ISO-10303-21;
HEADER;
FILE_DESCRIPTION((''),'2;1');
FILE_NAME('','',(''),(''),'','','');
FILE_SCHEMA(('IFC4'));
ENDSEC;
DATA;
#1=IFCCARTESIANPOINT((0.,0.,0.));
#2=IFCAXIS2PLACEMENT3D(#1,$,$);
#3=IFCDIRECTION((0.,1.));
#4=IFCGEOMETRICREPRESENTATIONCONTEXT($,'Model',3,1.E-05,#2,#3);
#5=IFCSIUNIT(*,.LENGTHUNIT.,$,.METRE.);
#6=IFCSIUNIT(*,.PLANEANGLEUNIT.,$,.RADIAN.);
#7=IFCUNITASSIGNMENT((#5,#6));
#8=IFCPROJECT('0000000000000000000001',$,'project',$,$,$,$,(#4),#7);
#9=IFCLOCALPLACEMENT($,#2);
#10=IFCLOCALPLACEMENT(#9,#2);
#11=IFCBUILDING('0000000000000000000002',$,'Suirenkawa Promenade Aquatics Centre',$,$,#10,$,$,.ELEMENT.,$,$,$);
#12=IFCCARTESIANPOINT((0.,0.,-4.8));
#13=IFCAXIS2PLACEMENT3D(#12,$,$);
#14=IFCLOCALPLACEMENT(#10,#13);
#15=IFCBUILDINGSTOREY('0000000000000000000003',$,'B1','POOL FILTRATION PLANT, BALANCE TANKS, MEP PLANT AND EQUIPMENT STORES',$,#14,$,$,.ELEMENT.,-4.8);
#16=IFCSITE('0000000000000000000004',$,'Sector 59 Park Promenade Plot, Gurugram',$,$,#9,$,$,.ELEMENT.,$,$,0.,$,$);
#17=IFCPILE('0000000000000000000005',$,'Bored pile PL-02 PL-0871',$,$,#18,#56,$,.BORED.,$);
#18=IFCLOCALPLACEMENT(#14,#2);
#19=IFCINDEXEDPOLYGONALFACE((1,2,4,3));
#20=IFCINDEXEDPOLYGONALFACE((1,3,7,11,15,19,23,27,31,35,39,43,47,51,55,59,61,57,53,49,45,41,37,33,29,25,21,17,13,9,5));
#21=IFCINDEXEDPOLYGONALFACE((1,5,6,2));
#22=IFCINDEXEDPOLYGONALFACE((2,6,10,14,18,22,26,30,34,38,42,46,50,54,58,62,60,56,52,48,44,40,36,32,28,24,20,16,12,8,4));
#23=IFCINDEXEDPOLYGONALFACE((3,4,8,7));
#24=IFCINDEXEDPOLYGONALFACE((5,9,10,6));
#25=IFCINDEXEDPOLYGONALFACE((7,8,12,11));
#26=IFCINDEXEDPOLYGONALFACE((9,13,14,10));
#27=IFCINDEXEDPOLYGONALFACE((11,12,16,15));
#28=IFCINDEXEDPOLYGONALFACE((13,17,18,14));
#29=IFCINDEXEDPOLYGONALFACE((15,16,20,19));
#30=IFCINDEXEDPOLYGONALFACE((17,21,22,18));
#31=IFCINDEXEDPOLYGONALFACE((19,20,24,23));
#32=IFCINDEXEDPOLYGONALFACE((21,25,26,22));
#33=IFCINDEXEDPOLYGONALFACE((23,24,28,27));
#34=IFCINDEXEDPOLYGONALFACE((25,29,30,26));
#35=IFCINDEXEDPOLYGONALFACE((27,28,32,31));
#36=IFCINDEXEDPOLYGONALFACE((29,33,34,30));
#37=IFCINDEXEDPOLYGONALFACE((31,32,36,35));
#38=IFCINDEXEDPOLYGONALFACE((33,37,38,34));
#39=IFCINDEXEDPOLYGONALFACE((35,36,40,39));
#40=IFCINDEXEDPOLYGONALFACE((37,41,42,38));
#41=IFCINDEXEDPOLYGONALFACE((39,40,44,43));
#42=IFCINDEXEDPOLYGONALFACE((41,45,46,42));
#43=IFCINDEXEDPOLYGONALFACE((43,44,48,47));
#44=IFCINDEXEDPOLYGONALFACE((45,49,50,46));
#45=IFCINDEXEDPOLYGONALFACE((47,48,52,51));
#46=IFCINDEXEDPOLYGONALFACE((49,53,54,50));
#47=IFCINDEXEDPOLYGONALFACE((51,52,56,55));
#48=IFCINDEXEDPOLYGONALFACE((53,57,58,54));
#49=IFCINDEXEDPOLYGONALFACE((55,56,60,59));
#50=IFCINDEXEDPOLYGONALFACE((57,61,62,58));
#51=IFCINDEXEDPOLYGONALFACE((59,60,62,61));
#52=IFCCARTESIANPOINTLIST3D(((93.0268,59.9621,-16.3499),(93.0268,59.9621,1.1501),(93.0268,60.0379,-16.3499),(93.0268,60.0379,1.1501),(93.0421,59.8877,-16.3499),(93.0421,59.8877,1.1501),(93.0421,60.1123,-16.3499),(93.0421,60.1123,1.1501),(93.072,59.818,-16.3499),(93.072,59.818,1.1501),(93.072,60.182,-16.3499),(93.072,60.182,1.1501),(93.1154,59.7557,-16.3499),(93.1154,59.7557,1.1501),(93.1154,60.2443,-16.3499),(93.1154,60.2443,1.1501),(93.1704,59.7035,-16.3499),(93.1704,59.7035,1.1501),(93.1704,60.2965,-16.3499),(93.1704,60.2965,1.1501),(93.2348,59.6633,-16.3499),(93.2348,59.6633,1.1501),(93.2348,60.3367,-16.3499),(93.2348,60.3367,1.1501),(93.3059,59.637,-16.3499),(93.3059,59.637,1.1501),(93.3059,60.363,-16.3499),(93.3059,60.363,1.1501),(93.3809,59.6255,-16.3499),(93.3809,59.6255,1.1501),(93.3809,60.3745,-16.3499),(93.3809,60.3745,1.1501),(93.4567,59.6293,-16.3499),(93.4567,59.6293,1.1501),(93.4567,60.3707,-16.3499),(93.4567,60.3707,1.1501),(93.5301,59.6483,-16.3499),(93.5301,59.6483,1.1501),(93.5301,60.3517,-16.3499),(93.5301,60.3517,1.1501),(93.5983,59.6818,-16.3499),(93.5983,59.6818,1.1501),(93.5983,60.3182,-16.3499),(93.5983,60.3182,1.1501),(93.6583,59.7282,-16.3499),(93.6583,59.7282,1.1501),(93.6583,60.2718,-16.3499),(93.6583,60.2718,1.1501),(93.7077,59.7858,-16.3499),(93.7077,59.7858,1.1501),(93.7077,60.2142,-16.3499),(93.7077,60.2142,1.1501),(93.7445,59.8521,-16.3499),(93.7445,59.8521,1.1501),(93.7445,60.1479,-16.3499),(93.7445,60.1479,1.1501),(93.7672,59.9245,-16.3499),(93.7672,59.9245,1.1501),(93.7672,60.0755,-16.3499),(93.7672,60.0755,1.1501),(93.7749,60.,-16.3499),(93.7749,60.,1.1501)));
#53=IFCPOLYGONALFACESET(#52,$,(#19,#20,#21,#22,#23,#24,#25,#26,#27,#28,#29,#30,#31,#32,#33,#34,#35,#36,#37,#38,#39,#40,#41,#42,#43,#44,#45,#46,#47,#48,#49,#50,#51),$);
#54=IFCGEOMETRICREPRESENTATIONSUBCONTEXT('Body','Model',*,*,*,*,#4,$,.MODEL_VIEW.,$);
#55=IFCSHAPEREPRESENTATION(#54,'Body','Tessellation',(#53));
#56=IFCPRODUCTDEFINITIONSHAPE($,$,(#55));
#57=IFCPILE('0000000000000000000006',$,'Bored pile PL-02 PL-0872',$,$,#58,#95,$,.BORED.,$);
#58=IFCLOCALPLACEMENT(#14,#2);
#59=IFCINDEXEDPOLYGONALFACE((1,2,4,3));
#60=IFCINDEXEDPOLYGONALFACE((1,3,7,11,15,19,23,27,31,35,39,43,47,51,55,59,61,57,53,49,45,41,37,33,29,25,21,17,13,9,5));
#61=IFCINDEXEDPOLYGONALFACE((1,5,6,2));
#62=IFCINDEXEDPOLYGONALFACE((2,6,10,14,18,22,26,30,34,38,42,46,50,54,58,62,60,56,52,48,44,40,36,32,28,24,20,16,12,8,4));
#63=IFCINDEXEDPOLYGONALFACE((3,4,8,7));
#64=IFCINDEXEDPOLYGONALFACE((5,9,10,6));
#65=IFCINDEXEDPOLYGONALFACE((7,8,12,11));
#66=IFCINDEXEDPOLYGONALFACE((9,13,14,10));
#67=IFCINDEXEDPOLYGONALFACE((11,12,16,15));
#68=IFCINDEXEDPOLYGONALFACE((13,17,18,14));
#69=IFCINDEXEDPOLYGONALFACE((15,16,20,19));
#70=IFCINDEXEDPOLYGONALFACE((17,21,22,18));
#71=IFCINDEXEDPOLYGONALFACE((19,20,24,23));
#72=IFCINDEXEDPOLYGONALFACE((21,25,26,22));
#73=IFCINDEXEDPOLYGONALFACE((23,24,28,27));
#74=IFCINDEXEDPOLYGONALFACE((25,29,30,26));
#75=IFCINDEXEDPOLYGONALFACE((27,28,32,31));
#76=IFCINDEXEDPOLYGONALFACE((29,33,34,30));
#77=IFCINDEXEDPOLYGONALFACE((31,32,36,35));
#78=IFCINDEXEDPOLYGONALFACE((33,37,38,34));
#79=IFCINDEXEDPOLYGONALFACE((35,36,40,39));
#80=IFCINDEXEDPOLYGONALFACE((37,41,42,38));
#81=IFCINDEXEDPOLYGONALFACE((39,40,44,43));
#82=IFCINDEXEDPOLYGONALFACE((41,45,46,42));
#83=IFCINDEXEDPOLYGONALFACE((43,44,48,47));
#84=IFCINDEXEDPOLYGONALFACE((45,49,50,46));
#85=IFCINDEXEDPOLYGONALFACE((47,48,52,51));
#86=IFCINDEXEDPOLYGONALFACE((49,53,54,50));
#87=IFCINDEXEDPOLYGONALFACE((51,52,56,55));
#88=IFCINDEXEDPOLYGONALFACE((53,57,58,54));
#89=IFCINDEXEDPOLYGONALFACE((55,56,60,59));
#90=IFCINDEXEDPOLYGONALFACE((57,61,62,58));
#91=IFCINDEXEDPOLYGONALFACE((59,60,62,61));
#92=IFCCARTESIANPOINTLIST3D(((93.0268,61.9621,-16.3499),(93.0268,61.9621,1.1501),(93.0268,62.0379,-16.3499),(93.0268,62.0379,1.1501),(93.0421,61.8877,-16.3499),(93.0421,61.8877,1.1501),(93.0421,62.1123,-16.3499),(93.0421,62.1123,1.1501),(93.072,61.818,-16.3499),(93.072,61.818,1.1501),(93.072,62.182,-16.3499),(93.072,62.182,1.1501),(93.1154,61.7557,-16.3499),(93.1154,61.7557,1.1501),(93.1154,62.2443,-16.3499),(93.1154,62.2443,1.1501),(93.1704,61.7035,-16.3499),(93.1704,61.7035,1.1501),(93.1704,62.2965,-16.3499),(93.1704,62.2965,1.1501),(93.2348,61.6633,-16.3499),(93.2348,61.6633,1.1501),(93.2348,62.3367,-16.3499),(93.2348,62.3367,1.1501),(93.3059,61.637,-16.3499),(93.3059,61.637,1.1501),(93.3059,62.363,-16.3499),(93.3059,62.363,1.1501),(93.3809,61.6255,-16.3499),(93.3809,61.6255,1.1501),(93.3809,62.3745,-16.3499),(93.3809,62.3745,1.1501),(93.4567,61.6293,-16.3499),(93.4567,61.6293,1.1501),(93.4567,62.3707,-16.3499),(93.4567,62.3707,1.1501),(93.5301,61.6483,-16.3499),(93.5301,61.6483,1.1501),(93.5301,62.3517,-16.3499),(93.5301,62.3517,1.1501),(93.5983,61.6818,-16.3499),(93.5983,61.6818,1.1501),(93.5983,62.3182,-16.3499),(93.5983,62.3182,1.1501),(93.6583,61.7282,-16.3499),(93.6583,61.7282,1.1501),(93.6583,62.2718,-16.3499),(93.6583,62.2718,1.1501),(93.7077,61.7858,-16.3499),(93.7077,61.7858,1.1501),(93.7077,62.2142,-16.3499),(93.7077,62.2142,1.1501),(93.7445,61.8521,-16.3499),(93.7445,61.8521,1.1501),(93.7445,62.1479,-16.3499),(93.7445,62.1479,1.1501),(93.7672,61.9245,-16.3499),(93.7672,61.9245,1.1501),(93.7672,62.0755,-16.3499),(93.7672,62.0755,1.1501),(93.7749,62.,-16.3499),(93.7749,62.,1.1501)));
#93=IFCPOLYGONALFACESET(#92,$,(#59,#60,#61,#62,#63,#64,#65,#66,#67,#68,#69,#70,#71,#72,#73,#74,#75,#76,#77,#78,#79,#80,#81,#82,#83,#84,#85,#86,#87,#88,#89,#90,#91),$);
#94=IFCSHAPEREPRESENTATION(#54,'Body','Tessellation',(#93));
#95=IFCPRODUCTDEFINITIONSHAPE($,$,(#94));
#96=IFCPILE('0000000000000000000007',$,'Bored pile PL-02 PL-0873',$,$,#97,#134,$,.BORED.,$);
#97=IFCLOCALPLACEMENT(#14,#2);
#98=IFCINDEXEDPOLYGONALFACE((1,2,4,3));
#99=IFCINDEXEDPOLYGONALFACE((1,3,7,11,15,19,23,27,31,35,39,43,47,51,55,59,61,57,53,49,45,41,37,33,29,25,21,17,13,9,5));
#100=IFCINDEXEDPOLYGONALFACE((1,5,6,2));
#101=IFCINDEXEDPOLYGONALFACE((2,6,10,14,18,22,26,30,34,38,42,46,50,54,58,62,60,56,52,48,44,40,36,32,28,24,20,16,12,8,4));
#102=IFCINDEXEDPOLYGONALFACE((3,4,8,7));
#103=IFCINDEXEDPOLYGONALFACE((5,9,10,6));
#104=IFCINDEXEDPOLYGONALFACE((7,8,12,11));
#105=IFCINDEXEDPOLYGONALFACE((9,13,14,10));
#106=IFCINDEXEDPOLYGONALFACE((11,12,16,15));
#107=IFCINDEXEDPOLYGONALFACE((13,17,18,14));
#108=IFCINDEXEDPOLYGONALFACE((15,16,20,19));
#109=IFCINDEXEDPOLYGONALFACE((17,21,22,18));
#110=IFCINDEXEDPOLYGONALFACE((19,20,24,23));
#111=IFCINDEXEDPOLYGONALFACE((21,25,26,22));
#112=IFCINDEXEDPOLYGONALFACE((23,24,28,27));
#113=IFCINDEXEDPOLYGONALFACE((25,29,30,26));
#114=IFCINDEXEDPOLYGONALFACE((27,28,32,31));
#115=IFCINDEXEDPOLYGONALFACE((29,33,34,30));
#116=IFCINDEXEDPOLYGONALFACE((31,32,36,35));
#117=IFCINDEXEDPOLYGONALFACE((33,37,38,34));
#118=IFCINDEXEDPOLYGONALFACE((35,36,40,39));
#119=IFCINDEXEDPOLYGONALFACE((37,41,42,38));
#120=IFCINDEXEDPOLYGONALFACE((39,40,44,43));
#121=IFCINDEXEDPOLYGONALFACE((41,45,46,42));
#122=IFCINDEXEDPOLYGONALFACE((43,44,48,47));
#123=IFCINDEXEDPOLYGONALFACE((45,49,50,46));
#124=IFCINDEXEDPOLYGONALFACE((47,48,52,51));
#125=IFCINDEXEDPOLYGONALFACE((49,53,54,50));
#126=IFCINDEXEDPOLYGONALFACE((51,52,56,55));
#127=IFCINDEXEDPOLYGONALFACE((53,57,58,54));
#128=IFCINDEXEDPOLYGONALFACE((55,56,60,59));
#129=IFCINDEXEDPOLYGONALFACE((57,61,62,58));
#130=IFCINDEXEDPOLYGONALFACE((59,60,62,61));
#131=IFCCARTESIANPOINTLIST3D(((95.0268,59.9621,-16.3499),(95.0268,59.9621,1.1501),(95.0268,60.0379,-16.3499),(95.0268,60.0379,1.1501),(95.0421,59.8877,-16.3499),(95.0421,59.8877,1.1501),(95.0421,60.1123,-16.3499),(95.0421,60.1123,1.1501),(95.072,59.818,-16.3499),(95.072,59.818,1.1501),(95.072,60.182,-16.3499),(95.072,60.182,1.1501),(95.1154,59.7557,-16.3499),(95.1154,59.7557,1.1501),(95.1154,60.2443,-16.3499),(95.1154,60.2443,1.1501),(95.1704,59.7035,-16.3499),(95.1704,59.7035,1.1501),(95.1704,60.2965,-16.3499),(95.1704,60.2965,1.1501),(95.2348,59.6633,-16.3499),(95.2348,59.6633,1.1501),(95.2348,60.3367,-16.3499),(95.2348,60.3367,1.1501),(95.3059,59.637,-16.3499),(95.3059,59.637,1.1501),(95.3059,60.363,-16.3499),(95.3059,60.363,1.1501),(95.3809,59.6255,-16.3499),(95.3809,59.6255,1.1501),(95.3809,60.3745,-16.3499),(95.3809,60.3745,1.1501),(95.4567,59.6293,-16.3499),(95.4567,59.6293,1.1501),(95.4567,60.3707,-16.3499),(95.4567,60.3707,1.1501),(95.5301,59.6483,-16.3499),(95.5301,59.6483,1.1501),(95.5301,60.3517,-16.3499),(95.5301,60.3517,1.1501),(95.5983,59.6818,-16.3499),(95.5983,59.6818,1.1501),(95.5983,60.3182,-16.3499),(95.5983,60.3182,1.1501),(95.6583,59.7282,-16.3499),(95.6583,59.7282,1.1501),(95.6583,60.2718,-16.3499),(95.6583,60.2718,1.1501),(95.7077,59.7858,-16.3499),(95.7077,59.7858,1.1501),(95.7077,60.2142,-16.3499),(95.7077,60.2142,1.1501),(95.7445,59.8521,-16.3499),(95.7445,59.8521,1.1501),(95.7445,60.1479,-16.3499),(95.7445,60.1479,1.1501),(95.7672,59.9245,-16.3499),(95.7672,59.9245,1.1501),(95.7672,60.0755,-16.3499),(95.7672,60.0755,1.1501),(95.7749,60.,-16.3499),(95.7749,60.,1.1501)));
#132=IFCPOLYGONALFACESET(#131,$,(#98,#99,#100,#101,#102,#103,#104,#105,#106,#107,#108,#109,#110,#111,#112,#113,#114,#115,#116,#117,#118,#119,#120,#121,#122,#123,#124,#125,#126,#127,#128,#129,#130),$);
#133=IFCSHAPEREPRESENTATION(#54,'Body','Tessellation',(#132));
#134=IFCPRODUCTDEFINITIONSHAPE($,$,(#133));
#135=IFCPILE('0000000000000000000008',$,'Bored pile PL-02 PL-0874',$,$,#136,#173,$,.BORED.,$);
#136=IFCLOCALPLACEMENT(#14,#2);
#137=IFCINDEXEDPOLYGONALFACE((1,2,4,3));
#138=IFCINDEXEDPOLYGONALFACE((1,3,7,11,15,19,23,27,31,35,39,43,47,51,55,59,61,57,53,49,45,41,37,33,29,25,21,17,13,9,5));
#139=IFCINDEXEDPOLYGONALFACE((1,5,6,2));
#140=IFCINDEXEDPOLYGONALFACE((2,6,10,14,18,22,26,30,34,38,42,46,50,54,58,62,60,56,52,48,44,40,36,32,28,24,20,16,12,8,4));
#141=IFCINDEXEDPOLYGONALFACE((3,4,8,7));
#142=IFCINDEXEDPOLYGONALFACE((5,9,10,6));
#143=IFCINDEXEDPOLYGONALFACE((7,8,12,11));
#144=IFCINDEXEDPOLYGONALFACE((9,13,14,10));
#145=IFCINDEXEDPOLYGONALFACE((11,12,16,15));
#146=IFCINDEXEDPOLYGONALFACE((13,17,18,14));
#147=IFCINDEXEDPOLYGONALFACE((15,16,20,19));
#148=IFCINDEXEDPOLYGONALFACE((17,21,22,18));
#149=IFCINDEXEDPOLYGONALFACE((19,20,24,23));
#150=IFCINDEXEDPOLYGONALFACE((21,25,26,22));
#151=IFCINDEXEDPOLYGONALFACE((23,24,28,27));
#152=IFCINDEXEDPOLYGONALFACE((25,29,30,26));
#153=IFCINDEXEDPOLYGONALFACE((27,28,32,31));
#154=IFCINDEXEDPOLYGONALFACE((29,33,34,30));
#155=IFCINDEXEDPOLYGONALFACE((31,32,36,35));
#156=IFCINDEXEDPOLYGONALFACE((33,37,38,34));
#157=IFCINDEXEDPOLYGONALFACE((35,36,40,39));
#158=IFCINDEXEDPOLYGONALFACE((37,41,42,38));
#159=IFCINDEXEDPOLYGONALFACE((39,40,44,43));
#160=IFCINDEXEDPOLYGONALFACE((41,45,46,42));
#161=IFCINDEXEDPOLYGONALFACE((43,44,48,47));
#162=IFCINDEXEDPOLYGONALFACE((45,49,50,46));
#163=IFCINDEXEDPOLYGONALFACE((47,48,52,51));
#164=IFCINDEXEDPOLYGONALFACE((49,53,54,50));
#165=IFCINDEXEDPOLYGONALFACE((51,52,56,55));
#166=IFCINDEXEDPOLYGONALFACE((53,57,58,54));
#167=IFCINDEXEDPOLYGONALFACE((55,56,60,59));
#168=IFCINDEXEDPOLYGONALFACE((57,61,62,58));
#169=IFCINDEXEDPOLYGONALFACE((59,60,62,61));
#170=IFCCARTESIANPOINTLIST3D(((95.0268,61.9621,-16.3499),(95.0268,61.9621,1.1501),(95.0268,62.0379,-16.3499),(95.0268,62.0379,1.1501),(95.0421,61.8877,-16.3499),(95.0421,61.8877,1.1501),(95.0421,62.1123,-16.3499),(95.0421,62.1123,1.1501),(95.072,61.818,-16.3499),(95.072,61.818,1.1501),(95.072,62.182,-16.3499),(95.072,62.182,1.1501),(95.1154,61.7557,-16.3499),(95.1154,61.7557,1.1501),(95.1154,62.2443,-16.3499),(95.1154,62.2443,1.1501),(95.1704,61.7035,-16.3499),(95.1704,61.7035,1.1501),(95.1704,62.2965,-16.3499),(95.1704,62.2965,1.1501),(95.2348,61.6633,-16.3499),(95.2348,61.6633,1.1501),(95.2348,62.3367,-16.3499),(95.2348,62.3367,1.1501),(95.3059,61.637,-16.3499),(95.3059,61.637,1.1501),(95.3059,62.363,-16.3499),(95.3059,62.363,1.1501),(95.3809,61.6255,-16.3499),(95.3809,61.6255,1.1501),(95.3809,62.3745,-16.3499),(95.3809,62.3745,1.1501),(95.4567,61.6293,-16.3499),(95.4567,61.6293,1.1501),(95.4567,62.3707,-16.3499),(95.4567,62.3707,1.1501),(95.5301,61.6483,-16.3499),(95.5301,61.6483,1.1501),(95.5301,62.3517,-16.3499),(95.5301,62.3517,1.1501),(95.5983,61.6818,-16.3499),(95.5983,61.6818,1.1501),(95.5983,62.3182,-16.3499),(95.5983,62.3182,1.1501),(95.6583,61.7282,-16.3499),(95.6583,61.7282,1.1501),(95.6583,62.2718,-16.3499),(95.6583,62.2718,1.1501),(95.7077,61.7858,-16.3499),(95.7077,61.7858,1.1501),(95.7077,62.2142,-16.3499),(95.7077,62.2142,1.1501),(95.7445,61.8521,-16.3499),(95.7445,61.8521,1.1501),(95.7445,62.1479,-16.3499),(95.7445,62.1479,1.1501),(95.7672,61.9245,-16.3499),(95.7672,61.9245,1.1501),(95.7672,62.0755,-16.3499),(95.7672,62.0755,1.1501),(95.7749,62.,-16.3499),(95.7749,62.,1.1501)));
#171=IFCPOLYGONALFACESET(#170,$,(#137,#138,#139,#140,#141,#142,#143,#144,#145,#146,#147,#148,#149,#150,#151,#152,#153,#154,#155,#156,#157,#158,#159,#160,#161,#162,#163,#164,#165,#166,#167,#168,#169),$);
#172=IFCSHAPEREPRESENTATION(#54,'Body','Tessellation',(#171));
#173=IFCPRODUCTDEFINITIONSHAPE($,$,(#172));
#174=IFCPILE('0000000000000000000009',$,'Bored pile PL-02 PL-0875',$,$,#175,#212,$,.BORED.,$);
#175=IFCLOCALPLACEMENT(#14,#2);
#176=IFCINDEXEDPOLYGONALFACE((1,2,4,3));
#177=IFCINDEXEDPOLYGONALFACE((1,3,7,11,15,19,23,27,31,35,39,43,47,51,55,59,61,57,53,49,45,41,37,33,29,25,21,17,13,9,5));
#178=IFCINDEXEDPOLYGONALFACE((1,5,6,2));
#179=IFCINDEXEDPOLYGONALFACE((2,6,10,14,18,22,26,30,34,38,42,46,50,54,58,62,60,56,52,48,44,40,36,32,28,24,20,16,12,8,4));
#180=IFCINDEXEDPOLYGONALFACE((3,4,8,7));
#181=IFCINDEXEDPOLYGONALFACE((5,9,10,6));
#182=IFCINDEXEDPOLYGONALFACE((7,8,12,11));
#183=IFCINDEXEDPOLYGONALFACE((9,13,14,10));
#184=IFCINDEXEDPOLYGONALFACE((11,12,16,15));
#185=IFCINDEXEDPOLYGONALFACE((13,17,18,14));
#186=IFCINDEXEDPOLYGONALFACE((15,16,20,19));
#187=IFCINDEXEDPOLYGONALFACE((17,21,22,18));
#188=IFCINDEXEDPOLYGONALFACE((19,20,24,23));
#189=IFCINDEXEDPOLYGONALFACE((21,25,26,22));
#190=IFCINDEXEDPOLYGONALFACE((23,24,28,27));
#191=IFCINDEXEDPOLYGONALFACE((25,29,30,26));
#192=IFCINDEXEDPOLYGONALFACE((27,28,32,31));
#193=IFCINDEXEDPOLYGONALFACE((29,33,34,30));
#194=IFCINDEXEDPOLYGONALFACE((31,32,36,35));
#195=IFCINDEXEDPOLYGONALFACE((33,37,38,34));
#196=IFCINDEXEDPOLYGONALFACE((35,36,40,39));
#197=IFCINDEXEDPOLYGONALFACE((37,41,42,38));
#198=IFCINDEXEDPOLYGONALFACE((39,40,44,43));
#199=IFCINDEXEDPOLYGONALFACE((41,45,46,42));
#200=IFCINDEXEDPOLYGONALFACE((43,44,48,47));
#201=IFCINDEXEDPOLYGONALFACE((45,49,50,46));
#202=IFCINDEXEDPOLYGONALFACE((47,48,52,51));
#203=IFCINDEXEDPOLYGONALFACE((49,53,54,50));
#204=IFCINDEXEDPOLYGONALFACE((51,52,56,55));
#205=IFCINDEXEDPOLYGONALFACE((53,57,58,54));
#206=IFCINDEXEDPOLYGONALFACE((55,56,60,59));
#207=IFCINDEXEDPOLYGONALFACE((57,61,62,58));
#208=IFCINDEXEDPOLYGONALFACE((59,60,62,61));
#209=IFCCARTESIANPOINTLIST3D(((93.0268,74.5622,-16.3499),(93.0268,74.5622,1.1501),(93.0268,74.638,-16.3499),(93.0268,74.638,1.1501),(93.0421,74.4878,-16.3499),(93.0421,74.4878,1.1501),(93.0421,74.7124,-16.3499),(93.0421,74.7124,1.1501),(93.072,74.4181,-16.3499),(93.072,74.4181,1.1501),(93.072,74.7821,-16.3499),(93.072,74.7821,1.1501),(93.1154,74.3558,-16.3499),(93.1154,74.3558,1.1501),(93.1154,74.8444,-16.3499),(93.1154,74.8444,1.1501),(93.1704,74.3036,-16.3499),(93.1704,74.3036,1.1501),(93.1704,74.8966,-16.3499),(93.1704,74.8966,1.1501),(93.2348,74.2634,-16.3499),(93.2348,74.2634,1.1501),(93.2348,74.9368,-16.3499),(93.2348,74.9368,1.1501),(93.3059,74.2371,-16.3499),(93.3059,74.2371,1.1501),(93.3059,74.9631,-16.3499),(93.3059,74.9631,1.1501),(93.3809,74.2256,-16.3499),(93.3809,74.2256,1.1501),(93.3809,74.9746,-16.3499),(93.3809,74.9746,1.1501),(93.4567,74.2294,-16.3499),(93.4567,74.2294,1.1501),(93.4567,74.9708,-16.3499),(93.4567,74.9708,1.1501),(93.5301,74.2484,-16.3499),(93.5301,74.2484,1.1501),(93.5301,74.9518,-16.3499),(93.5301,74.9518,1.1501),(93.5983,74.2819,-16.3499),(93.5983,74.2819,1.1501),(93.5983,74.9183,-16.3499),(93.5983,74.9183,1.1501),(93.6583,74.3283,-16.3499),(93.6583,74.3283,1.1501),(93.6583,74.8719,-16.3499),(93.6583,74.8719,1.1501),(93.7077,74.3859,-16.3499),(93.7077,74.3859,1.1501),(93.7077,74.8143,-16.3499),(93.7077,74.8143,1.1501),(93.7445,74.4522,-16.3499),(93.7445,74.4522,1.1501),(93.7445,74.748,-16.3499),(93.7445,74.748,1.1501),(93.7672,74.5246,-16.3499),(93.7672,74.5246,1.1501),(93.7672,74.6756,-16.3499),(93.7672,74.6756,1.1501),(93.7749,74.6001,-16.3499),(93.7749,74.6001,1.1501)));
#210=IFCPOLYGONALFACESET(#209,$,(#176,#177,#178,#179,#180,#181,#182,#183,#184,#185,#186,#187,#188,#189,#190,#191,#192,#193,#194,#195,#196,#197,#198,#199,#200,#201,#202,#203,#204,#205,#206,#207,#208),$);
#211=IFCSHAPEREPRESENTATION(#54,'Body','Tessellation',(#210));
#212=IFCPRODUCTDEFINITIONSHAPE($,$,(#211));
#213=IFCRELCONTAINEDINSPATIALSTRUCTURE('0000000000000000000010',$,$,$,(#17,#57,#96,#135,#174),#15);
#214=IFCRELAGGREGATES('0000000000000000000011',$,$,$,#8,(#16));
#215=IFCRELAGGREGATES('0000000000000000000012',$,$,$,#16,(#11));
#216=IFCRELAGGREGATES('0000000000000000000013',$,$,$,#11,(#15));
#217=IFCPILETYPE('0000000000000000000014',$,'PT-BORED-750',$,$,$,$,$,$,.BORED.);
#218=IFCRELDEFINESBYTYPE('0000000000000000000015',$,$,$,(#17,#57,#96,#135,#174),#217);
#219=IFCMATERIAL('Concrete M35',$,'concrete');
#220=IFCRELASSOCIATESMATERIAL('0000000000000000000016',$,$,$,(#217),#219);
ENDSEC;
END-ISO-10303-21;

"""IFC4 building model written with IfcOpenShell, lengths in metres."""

from ifc_helpers import new_model, si_unit, direction, frame, origin, origin_2d, place, context, subcontext, project, spatial, circle, extrude, material, material_profile, profile_set, type_object, element, save


model = new_model("IFC4")

# Units and contexts
model_context = context("Model", 3, precision=1e-05, world=origin(), true_north=direction((0.0, 1.0)))
body_context = subcontext(model_context, "Body", "Model", "MODEL_VIEW")
ifc_project = project(units=[si_unit("LENGTHUNIT", "METRE"), si_unit("PLANEANGLEUNIT", "RADIAN")], contexts=[model_context])

# Site, building, storey
site_placement = place(None, origin())
site = spatial("IfcSite", under=ifc_project, at=site_placement, Name="Sector 59 Park Promenade Plot, Gurugram", CompositionType="ELEMENT", RefElevation=0.0)
building_placement = place(site_placement, origin())
building = spatial("IfcBuilding", under=site, at=building_placement, Name="Suirenkawa Promenade Aquatics Centre", CompositionType="ELEMENT")
storey_placement = place(building_placement, frame((0.0, 0.0, -4.8)))
storey = spatial("IfcBuildingStorey", under=building, at=storey_placement, Name="B1", Description="POOL FILTRATION PLANT, BALANCE TANKS, MEP PLANT AND EQUIPMENT STORES", CompositionType="ELEMENT", Elevation=-4.8)

# Shared definitions
ifc_material_1 = material(Name="Concrete M35", Category="concrete")

# Piles
ifc_material_profile_1 = material_profile(ifc_material_1, circle(Radius=0.375, at=origin_2d()), Name="PILE D750", Category="concrete")
ifc_profile_set_1 = profile_set([ifc_material_profile_1], Name="Concrete M35")
pile_type_1 = type_object("IfcPileType", Name="PT-BORED-750", PredefinedType="BORED", material=ifc_profile_set_1)
for number, where, z_axis, x_axis, name in (
    (1, (93.3999, 60.0, 1.1501), (0.0, 0.0, -1.0), (1.0, 0.0, 0.0), "Bored pile PL-02 PL-0871"),
    (2, (93.3999, 62.0, 1.1501), (0.0, 0.0, -1.0), (1.0, 0.0, 0.0), "Bored pile PL-02 PL-0872"),
    (3, (95.3999, 60.0, 1.1501), (0.0, 0.0, -1.0), (1.0, 0.0, 0.0), "Bored pile PL-02 PL-0873"),
    (4, (95.3999, 62.0, 1.1501), (0.0, 0.0, -1.0), (1.0, 0.0, 0.0), "Bored pile PL-02 PL-0874"),
    (5, (93.3999, 74.6001, 1.1501), (0.0, 0.0, -1.0), (1.0, 0.0, 0.0), "Bored pile PL-02 PL-0875"),
):
    element("IfcPile", number, at=place(storey_placement, frame(where, z_axis=z_axis, x_axis=x_axis)), inside=storey, type_object=pile_type_1, Name=name, PredefinedType="BORED", context=body_context, shape_type="SweptSolid", body=[
        extrude(circle(Radius=0.375, at=origin_2d()), origin(), (0.0, 0.0, 1.0), 17.5),
    ])

save(model, "model.ifc")
